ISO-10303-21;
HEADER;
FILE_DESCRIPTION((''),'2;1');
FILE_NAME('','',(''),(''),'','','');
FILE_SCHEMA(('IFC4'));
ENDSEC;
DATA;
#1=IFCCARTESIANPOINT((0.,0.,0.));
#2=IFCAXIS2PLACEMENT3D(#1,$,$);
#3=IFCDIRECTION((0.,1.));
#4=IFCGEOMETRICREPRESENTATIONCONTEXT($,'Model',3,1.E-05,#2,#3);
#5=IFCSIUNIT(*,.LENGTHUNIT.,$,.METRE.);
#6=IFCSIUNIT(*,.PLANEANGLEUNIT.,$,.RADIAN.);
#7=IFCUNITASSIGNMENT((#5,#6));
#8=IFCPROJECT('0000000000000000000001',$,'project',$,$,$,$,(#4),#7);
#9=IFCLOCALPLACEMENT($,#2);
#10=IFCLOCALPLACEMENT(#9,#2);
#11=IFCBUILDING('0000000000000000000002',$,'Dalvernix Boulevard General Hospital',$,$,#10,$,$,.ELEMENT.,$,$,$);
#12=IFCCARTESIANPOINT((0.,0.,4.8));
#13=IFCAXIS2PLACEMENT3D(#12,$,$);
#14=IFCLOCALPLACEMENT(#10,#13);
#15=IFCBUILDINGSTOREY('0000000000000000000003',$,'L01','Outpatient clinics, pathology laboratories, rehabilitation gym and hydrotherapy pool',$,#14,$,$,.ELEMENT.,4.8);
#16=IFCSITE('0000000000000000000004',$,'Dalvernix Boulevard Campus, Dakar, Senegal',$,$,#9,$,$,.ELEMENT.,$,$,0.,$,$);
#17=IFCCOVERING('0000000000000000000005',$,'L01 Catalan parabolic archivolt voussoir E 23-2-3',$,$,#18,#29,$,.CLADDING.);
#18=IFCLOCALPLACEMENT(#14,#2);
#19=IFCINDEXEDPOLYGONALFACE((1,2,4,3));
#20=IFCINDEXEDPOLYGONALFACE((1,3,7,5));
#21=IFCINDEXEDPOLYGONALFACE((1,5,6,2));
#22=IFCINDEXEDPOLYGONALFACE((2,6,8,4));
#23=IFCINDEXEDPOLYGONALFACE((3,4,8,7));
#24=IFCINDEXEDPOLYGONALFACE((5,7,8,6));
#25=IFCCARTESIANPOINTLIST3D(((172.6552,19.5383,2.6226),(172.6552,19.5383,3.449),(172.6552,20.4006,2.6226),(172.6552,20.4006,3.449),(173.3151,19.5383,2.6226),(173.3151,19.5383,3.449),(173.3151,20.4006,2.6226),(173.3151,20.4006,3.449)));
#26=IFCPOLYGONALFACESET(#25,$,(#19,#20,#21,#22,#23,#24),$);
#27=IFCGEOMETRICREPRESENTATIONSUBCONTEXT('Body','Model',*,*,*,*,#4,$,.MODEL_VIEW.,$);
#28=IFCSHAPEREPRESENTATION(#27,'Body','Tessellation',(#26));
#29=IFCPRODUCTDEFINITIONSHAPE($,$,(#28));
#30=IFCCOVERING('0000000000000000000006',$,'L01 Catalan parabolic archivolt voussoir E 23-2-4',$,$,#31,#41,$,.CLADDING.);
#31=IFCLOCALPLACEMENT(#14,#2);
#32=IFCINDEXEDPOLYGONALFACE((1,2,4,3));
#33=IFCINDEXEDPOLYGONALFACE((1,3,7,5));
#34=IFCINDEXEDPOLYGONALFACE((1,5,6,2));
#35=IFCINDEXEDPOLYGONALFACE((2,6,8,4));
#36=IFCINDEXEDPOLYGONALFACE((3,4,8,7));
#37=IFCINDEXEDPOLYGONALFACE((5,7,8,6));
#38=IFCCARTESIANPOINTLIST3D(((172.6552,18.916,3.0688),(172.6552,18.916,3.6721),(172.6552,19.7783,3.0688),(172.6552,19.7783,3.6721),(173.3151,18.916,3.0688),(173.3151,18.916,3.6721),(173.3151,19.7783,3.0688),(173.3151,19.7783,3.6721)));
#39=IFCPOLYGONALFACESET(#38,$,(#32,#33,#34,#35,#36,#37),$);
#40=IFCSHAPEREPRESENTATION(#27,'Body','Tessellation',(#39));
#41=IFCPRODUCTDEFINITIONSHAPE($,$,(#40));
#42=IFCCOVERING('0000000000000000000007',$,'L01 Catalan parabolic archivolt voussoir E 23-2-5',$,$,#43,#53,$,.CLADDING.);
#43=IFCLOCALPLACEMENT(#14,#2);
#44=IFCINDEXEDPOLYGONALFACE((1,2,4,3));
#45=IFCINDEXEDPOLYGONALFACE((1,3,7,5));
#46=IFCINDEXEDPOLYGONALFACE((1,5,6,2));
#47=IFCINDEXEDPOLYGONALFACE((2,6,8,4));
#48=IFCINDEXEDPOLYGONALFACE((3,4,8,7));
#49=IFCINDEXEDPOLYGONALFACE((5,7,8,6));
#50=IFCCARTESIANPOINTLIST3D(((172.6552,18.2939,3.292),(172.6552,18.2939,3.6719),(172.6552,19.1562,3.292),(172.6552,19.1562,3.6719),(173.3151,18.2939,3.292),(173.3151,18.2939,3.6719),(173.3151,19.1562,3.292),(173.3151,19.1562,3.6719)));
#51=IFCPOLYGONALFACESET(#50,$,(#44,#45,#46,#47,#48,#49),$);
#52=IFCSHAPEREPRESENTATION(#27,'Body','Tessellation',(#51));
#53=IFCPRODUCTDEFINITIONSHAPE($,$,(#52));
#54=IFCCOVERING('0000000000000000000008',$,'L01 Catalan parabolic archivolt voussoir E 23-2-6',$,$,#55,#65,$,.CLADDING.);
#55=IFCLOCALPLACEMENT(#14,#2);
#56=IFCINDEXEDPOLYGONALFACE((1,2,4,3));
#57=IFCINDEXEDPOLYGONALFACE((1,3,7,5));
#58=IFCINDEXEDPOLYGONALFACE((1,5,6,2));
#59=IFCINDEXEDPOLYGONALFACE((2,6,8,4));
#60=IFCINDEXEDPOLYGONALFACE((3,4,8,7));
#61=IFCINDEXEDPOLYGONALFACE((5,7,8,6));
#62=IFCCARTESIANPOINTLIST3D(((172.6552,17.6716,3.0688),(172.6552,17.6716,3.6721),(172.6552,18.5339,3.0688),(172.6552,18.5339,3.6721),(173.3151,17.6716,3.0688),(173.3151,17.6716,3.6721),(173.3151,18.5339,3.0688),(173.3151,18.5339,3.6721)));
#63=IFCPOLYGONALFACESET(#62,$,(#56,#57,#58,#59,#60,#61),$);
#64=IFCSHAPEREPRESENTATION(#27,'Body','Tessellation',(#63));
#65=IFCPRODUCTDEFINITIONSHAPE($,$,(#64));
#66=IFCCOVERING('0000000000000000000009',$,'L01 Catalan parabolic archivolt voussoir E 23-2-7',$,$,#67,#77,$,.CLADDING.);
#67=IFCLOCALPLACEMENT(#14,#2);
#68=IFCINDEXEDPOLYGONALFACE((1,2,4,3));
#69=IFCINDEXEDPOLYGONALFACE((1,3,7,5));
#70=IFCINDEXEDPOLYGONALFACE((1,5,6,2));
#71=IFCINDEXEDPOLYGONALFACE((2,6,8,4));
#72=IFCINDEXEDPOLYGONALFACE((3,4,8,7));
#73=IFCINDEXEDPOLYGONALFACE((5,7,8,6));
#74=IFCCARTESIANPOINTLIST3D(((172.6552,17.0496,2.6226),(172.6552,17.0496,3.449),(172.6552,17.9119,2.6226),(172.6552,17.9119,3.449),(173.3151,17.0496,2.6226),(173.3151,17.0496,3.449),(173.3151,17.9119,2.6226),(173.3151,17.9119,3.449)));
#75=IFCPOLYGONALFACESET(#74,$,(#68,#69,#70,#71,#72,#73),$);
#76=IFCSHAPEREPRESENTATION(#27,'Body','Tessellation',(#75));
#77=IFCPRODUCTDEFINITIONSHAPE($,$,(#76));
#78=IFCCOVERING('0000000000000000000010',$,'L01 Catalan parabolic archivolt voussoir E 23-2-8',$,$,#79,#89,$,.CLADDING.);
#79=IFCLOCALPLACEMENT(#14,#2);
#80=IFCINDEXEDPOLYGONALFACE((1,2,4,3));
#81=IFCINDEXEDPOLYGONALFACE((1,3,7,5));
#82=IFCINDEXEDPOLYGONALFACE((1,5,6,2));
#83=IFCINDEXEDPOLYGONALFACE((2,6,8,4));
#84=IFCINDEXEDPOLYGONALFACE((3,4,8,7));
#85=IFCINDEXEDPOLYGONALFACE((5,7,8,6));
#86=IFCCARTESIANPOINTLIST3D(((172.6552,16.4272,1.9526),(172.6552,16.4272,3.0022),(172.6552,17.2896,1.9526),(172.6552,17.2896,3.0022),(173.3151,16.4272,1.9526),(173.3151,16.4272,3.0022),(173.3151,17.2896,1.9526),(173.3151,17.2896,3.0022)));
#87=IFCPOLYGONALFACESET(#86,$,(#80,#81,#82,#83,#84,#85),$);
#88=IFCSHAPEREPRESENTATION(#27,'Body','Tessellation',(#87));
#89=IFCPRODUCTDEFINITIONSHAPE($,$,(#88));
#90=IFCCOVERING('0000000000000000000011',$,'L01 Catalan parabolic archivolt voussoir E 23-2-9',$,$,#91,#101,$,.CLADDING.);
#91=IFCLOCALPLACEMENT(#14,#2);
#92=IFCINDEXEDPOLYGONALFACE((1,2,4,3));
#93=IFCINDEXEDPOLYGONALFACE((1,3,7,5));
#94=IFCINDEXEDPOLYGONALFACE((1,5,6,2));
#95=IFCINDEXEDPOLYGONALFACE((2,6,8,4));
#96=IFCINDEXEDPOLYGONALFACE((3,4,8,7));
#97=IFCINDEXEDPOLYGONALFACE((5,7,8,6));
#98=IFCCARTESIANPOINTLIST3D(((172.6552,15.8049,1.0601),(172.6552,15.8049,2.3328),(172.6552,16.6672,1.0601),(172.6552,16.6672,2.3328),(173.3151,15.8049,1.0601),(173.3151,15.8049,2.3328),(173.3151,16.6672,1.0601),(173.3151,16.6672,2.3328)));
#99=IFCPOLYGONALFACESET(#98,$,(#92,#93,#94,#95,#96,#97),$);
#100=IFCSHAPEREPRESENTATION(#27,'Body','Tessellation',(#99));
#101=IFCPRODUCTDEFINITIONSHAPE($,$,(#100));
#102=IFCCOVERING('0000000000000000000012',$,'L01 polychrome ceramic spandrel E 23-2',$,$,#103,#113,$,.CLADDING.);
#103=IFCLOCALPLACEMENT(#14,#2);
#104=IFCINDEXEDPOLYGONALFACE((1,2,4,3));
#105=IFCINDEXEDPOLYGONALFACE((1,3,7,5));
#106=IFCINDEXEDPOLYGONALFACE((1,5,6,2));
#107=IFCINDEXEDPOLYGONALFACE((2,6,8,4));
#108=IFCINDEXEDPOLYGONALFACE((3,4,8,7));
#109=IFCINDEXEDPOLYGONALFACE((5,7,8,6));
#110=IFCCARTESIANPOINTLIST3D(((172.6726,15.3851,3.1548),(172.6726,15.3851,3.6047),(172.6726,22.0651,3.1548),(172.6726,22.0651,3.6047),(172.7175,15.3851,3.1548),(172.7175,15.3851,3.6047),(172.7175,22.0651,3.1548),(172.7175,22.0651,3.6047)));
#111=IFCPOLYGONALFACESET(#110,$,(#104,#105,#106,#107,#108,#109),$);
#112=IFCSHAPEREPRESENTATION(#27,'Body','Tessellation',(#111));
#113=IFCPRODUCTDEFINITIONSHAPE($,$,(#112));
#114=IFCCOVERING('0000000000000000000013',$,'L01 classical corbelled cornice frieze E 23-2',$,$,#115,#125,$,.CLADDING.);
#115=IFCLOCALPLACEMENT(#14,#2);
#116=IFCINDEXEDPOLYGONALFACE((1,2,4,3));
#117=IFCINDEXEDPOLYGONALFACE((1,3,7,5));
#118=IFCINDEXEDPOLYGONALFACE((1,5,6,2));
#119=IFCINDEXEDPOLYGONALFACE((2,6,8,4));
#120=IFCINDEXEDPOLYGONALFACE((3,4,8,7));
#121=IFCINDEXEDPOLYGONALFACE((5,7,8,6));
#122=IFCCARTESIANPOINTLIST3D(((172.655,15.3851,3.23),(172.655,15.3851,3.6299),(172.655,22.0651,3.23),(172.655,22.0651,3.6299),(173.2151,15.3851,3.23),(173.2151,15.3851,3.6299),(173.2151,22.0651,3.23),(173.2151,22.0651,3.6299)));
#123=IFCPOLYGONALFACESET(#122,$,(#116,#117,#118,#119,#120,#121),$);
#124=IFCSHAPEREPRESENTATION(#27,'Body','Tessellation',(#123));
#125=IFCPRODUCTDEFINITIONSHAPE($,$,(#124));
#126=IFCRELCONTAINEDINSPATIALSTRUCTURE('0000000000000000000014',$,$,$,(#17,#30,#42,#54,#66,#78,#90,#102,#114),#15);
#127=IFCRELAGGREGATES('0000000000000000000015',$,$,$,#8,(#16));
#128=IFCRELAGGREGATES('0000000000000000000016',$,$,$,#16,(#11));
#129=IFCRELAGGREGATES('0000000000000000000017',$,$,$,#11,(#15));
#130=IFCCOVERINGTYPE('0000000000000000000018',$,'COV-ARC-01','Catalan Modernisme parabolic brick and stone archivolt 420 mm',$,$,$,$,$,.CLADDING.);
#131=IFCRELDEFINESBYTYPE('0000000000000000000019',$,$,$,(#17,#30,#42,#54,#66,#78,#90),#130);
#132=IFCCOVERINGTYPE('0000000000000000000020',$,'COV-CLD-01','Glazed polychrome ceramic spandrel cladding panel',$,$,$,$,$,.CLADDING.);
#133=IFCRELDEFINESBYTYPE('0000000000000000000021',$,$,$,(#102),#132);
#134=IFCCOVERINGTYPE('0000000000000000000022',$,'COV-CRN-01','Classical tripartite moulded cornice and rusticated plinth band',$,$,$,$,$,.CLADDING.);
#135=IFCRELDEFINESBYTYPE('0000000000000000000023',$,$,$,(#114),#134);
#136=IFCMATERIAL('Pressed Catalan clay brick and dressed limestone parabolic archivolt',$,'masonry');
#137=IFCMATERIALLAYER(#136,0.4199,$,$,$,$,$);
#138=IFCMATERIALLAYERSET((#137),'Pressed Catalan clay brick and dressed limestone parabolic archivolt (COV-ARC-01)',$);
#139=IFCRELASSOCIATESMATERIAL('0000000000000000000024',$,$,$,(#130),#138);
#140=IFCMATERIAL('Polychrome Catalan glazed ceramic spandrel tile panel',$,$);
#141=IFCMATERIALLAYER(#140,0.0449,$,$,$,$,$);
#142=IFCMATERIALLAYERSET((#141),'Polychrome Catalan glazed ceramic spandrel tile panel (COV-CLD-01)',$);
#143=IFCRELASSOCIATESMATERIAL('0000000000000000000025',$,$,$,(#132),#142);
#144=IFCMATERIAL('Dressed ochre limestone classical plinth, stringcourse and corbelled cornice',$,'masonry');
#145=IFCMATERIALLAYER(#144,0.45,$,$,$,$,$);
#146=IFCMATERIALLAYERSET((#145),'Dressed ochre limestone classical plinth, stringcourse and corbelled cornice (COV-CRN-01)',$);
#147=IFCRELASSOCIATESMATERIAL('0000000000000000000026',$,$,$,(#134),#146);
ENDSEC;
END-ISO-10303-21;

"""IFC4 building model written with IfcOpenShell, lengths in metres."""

from ifc_helpers import new_model, si_unit, direction, frame, origin, origin_2d, place, context, subcontext, project, spatial, rectangle, extrude, material, layer, layer_set, type_object, element, save


model = new_model("IFC4")

# Units and contexts
model_context = context("Model", 3, precision=1e-05, world=origin(), true_north=direction((0.0, 1.0)))
body_context = subcontext(model_context, "Body", "Model", "MODEL_VIEW")
ifc_project = project(units=[si_unit("LENGTHUNIT", "METRE"), si_unit("PLANEANGLEUNIT", "RADIAN")], contexts=[model_context])

# Site, building, storey
site_placement = place(None, origin())
site = spatial("IfcSite", under=ifc_project, at=site_placement, Name="Dalvernix Boulevard Campus, Dakar, Senegal", CompositionType="ELEMENT", RefElevation=0.0)
building_placement = place(site_placement, origin())
building = spatial("IfcBuilding", under=site, at=building_placement, Name="Dalvernix Boulevard General Hospital", CompositionType="ELEMENT")
storey_placement = place(building_placement, frame((0.0, 0.0, 4.8)))
storey = spatial("IfcBuildingStorey", under=building, at=storey_placement, Name="L01", Description="Outpatient clinics, pathology laboratories, rehabilitation gym and hydrotherapy pool", CompositionType="ELEMENT", Elevation=4.8)

# Coverings
ifc_material_1 = material(Name="Pressed Catalan clay brick and dressed limestone parabolic archivolt", Category="masonry")
ifc_layer_1 = layer(ifc_material_1, 0.4199)
ifc_layer_set_1 = layer_set([ifc_layer_1], Name="Pressed Catalan clay brick and dressed limestone parabolic archivolt (COV-ARC-01)")
covering_type_1 = type_object("IfcCoveringType", Name="COV-ARC-01", Description="Catalan Modernisme parabolic brick and stone archivolt 420 mm", PredefinedType="CLADDING", material=ifc_layer_set_1)
covering_1_placement = place(storey_placement, frame((172.9851, 19.9695, 2.6226), z_axis=(0.0, 0.0, 1.0), x_axis=(0.0, -1.0, 0.0)))
element("IfcCovering", 1, at=covering_1_placement, inside=storey, type_object=covering_type_1, Name="L01 Catalan parabolic archivolt voussoir E 23-2-3", PredefinedType="CLADDING", context=body_context, shape_type="SweptSolid", body=[
    extrude(rectangle(XDim=0.8623, YDim=0.6599, at=origin_2d()), origin(), (0.0, 0.0, 1.0), 0.8264),
])
covering_2_placement = place(storey_placement, frame((172.9851, 19.3472, 3.0688), z_axis=(0.0, 0.0, 1.0), x_axis=(0.0, -1.0, 0.0)))
element("IfcCovering", 2, at=covering_2_placement, inside=storey, type_object=covering_type_1, Name="L01 Catalan parabolic archivolt voussoir E 23-2-4", PredefinedType="CLADDING", context=body_context, shape_type="SweptSolid", body=[
    extrude(rectangle(XDim=0.8623, YDim=0.6599, at=origin_2d()), origin(), (0.0, 0.0, 1.0), 0.6033),
])
covering_3_placement = place(storey_placement, frame((172.9851, 18.7251, 3.292), z_axis=(0.0, 0.0, 1.0), x_axis=(0.0, -1.0, 0.0)))
element("IfcCovering", 3, at=covering_3_placement, inside=storey, type_object=covering_type_1, Name="L01 Catalan parabolic archivolt voussoir E 23-2-5", PredefinedType="CLADDING", context=body_context, shape_type="SweptSolid", body=[
    extrude(rectangle(XDim=0.8623, YDim=0.6599, at=origin_2d()), origin(), (0.0, 0.0, 1.0), 0.3799),
])
covering_4_placement = place(storey_placement, frame((172.9851, 18.1028, 3.0688), z_axis=(0.0, 0.0, 1.0), x_axis=(0.0, -1.0, 0.0)))
element("IfcCovering", 4, at=covering_4_placement, inside=storey, type_object=covering_type_1, Name="L01 Catalan parabolic archivolt voussoir E 23-2-6", PredefinedType="CLADDING", context=body_context, shape_type="SweptSolid", body=[
    extrude(rectangle(XDim=0.8623, YDim=0.6599, at=origin_2d()), origin(), (0.0, 0.0, 1.0), 0.6033),
])
covering_5_placement = place(storey_placement, frame((172.9851, 17.4807, 2.6226), z_axis=(0.0, 0.0, 1.0), x_axis=(0.0, -1.0, 0.0)))
element("IfcCovering", 5, at=covering_5_placement, inside=storey, type_object=covering_type_1, Name="L01 Catalan parabolic archivolt voussoir E 23-2-7", PredefinedType="CLADDING", context=body_context, shape_type="SweptSolid", body=[
    extrude(rectangle(XDim=0.8623, YDim=0.6599, at=origin_2d()), origin(), (0.0, 0.0, 1.0), 0.8264),
])
covering_6_placement = place(storey_placement, frame((172.9851, 16.8584, 1.9526), z_axis=(0.0, 0.0, 1.0), x_axis=(0.0, -1.0, 0.0)))
element("IfcCovering", 6, at=covering_6_placement, inside=storey, type_object=covering_type_1, Name="L01 Catalan parabolic archivolt voussoir E 23-2-8", PredefinedType="CLADDING", context=body_context, shape_type="SweptSolid", body=[
    extrude(rectangle(XDim=0.8623, YDim=0.6599, at=origin_2d()), origin(), (0.0, 0.0, 1.0), 1.0496),
])
covering_7_placement = place(storey_placement, frame((172.9851, 16.2361, 1.0601), z_axis=(0.0, 0.0, 1.0), x_axis=(0.0, -1.0, 0.0)))
element("IfcCovering", 7, at=covering_7_placement, inside=storey, type_object=covering_type_1, Name="L01 Catalan parabolic archivolt voussoir E 23-2-9", PredefinedType="CLADDING", context=body_context, shape_type="SweptSolid", body=[
    extrude(rectangle(XDim=0.8623, YDim=0.6599, at=origin_2d()), origin(), (0.0, 0.0, 1.0), 1.2727),
])
ifc_material_2 = material(Name="Polychrome Catalan glazed ceramic spandrel tile panel")
ifc_layer_2 = layer(ifc_material_2, 0.0449)
ifc_layer_set_2 = layer_set([ifc_layer_2], Name="Polychrome Catalan glazed ceramic spandrel tile panel (COV-CLD-01)")
covering_type_2 = type_object("IfcCoveringType", Name="COV-CLD-01", Description="Glazed polychrome ceramic spandrel cladding panel", PredefinedType="CLADDING", material=ifc_layer_set_2)
covering_8_placement = place(storey_placement, frame((172.6951, 18.7251, 3.1548), z_axis=(0.0, 0.0, 1.0), x_axis=(0.0, -1.0, 0.0)))
element("IfcCovering", 8, at=covering_8_placement, inside=storey, type_object=covering_type_2, Name="L01 polychrome ceramic spandrel E 23-2", PredefinedType="CLADDING", context=body_context, shape_type="SweptSolid", body=[
    extrude(rectangle(XDim=6.6799, YDim=0.0449, at=origin_2d()), origin(), (0.0, 0.0, 1.0), 0.45),
])
ifc_material_3 = material(Name="Dressed ochre limestone classical plinth, stringcourse and corbelled cornice", Category="masonry")
ifc_layer_3 = layer(ifc_material_3, 0.45)
ifc_layer_set_3 = layer_set([ifc_layer_3], Name="Dressed ochre limestone classical plinth, stringcourse and corbelled cornice (COV-CRN-01)")
covering_type_3 = type_object("IfcCoveringType", Name="COV-CRN-01", Description="Classical tripartite moulded cornice and rusticated plinth band", PredefinedType="CLADDING", material=ifc_layer_set_3)
covering_9_placement = place(storey_placement, frame((172.9351, 18.7251, 3.23), z_axis=(0.0, 0.0, 1.0), x_axis=(0.0, -1.0, 0.0)))
element("IfcCovering", 9, at=covering_9_placement, inside=storey, type_object=covering_type_3, Name="L01 classical corbelled cornice frieze E 23-2", PredefinedType="CLADDING", context=body_context, shape_type="SweptSolid", body=[
    extrude(rectangle(XDim=6.6799, YDim=0.5601, at=origin_2d()), origin(), (0.0, 0.0, 1.0), 0.3999),
])

save(model, "model.ifc")
